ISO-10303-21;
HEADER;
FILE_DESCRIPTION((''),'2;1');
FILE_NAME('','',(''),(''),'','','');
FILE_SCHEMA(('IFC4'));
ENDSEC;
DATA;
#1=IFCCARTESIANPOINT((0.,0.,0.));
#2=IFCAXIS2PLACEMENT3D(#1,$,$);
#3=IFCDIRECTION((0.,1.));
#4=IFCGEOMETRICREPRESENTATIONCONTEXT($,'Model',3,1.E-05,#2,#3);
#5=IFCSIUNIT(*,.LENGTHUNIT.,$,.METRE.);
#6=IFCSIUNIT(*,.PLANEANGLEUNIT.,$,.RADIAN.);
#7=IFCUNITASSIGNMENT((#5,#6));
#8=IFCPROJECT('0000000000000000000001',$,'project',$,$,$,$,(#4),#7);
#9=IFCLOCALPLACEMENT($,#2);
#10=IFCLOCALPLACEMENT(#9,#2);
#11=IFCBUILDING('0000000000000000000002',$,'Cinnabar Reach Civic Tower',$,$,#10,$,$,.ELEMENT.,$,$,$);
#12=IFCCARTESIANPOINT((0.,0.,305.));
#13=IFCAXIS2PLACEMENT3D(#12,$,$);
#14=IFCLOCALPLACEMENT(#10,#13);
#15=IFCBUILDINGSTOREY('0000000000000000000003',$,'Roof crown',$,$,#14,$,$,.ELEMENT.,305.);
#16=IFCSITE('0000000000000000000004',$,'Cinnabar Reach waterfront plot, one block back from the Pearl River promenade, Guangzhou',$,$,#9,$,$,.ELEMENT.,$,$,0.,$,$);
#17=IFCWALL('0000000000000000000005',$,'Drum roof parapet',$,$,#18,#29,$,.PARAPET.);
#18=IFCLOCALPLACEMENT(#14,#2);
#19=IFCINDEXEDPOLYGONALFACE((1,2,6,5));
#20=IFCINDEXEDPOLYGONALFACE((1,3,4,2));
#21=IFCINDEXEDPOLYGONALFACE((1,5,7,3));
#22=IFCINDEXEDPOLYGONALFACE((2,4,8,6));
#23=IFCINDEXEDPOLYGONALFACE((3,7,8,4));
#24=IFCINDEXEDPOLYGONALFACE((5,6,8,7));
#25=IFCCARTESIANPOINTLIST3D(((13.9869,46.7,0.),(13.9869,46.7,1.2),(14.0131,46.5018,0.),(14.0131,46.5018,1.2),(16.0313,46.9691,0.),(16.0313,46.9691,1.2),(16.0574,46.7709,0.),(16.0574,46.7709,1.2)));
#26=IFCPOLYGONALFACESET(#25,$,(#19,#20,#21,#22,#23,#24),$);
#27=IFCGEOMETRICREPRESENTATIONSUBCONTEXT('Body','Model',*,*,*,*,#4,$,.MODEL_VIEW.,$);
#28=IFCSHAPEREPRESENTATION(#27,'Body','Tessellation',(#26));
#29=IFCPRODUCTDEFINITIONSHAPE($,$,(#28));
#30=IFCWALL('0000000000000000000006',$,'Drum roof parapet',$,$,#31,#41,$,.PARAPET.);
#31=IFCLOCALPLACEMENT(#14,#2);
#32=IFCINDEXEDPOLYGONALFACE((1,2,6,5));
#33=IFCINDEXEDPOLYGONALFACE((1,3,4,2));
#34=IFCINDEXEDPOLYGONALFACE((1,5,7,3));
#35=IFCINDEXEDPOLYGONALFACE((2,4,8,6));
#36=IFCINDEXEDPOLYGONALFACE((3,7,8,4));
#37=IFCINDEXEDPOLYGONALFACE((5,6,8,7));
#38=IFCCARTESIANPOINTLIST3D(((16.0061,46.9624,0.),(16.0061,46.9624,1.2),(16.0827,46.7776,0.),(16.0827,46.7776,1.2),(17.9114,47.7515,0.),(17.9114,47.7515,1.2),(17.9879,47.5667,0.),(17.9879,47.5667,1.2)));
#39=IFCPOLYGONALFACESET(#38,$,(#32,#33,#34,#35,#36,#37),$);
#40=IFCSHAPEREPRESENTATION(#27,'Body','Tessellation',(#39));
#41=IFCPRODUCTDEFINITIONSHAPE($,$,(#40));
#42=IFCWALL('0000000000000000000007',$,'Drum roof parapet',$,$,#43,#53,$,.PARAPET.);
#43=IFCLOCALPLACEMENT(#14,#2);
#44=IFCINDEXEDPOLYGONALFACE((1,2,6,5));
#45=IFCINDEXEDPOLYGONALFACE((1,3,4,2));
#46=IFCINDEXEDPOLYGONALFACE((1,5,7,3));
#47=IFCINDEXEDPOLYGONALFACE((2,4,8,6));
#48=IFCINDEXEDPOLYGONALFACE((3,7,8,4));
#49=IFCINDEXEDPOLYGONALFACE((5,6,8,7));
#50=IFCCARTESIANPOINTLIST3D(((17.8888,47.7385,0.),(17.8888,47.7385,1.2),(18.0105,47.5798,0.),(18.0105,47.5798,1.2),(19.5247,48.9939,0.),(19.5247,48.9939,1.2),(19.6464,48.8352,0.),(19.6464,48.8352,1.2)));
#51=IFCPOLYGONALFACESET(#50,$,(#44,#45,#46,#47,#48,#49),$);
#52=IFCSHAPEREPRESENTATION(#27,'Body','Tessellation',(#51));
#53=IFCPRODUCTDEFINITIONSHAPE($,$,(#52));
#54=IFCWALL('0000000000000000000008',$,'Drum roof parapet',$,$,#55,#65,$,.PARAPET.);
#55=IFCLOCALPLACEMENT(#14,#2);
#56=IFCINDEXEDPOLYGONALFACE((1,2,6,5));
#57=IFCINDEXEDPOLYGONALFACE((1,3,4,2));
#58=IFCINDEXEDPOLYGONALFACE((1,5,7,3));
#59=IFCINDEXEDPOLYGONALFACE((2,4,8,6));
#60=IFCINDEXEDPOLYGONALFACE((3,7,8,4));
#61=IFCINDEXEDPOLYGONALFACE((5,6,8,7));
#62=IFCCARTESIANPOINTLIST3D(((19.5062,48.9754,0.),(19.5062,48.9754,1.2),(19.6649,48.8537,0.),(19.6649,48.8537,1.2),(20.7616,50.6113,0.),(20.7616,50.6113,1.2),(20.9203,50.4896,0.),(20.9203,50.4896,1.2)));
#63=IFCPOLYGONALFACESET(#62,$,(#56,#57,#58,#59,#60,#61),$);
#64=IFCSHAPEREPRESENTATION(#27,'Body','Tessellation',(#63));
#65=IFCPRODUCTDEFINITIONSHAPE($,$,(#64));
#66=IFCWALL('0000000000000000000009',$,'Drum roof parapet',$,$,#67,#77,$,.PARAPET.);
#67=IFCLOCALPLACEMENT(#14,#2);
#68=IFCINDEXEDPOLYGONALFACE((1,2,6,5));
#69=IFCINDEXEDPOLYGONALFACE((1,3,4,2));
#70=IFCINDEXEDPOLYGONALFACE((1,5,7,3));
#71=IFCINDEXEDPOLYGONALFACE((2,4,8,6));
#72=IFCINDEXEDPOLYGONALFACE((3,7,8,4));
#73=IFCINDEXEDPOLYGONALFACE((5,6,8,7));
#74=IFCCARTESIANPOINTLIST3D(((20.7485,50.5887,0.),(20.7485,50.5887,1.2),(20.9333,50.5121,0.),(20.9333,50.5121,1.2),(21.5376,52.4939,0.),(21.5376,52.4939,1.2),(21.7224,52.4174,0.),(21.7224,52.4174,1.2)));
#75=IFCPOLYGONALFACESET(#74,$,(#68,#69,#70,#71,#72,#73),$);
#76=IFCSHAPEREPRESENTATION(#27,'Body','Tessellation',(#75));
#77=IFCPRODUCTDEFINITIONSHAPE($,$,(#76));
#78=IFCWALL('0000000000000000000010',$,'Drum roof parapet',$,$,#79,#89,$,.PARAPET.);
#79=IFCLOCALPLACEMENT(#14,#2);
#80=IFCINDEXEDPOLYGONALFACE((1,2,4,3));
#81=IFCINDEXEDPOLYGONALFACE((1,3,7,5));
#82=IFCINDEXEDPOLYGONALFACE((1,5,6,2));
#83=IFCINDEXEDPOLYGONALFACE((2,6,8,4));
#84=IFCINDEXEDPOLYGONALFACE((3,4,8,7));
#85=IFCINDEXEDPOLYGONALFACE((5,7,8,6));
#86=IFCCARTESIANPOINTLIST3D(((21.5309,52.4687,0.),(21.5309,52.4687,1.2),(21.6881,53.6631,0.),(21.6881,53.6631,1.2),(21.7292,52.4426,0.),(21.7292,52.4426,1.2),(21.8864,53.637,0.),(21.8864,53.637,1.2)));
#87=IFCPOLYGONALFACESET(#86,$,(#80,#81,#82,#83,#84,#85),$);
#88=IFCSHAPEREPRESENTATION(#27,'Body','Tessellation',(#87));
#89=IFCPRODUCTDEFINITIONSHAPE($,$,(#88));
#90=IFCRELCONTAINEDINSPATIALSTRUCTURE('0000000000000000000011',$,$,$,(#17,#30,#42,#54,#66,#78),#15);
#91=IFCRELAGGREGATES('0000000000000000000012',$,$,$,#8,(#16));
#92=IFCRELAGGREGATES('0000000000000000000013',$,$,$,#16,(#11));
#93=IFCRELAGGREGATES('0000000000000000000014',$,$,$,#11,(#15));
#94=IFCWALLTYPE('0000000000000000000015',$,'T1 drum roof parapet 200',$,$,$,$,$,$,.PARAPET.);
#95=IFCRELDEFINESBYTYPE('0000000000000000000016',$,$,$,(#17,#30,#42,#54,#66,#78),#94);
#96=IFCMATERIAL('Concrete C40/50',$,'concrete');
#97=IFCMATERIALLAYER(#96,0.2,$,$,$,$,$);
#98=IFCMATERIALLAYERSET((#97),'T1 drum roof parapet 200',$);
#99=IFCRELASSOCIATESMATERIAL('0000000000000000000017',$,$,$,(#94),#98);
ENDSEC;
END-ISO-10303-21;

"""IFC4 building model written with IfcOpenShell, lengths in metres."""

from ifc_helpers import new_model, si_unit, direction, frame, frame_2d, origin, place, context, subcontext, project, spatial, rectangle, extrude, material, layer, layer_set, type_object, element, save


model = new_model("IFC4")

# Units and contexts
model_context = context("Model", 3, precision=1e-05, world=origin(), true_north=direction((0.0, 1.0)))
body_context = subcontext(model_context, "Body", "Model", "MODEL_VIEW")
ifc_project = project(units=[si_unit("LENGTHUNIT", "METRE"), si_unit("PLANEANGLEUNIT", "RADIAN")], contexts=[model_context])

# Site, building, storey
site_placement = place(None, origin())
site = spatial("IfcSite", under=ifc_project, at=site_placement, Name="Cinnabar Reach waterfront plot, one block back from the Pearl River promenade, Guangzhou", CompositionType="ELEMENT", RefElevation=0.0)
building_placement = place(site_placement, origin())
building = spatial("IfcBuilding", under=site, at=building_placement, Name="Cinnabar Reach Civic Tower", CompositionType="ELEMENT")
storey_placement = place(building_placement, frame((0.0, 0.0, 305.0)))
storey = spatial("IfcBuildingStorey", under=building, at=storey_placement, Name="Roof crown", CompositionType="ELEMENT", Elevation=305.0)

# Walls
ifc_material_1 = material(Name="Concrete C40/50", Category="concrete")
ifc_layer_1 = layer(ifc_material_1, 0.2)
ifc_layer_set_1 = layer_set([ifc_layer_1], Name="T1 drum roof parapet 200")
wall_type = type_object("IfcWallType", Name="T1 drum roof parapet 200", PredefinedType="PARAPET", material=ifc_layer_set_1)
for number, where, z_axis, x_axis, name in (
    (1, (14.0, 46.6009, 0.0), (0.0, 0.0, 1.0), (0.991448, 0.130502, 0.0), "Drum roof parapet"),
):
    element("IfcWall", number, at=place(storey_placement, frame(where, z_axis=z_axis, x_axis=x_axis)), inside=storey, type_object=wall_type, Name=name, PredefinedType="PARAPET", context=body_context, shape_type="SweptSolid", body=[
        extrude(rectangle(XDim=2.062, YDim=0.2, at=frame_2d((1.031, 0.0))), origin(), (0.0, 0.0, 1.0), 1.2),
    ])
wall_1_placement = place(storey_placement, frame((16.0444, 46.87, 0.0), z_axis=(0.0, 0.0, 1.0), x_axis=(0.92389, 0.382659, 0.0)))
element("IfcWall", 2, at=wall_1_placement, inside=storey, type_object=wall_type, Name="Drum roof parapet", PredefinedType="PARAPET", context=body_context, shape_type="SweptSolid", body=[
    extrude(rectangle(XDim=2.0622, YDim=0.2, at=frame_2d((1.0311, 0.0))), origin(), (0.0, 0.0, 1.0), 1.2),
])
for number, where, z_axis, x_axis, name in (
    (3, (17.9496, 47.6591, 0.0), (0.0, 0.0, 1.0), (0.793323, 0.608801, 0.0), "Drum roof parapet"),
    (4, (19.5855, 48.9145, 0.0), (0.0, 0.0, 1.0), (0.608801, 0.793323, 0.0), "Drum roof parapet"),
):
    element("IfcWall", number, at=place(storey_placement, frame(where, z_axis=z_axis, x_axis=x_axis)), inside=storey, type_object=wall_type, Name=name, PredefinedType="PARAPET", context=body_context, shape_type="SweptSolid", body=[
        extrude(rectangle(XDim=2.0621, YDim=0.2, at=frame_2d((1.0311, 0.0))), origin(), (0.0, 0.0, 1.0), 1.2),
    ])
wall_2_placement = place(storey_placement, frame((20.8409, 50.5504, 0.0), z_axis=(0.0, 0.0, 1.0), x_axis=(0.382659, 0.92389, 0.0)))
element("IfcWall", 5, at=wall_2_placement, inside=storey, type_object=wall_type, Name="Drum roof parapet", PredefinedType="PARAPET", context=body_context, shape_type="SweptSolid", body=[
    extrude(rectangle(XDim=2.0622, YDim=0.2, at=frame_2d((1.0311, 0.0))), origin(), (0.0, 0.0, 1.0), 1.2),
])
wall_3_placement = place(storey_placement, frame((21.63, 52.4556, 0.0), z_axis=(0.0, 0.0, 1.0), x_axis=(0.130489, 0.99145, 0.0)))
element("IfcWall", 6, at=wall_3_placement, inside=storey, type_object=wall_type, Name="Drum roof parapet", PredefinedType="PARAPET", context=body_context, shape_type="SweptSolid", body=[
    extrude(rectangle(XDim=1.2047, YDim=0.2, at=frame_2d((0.6024, 0.0))), origin(), (0.0, 0.0, 1.0), 1.2),
])

save(model, "model.ifc")
